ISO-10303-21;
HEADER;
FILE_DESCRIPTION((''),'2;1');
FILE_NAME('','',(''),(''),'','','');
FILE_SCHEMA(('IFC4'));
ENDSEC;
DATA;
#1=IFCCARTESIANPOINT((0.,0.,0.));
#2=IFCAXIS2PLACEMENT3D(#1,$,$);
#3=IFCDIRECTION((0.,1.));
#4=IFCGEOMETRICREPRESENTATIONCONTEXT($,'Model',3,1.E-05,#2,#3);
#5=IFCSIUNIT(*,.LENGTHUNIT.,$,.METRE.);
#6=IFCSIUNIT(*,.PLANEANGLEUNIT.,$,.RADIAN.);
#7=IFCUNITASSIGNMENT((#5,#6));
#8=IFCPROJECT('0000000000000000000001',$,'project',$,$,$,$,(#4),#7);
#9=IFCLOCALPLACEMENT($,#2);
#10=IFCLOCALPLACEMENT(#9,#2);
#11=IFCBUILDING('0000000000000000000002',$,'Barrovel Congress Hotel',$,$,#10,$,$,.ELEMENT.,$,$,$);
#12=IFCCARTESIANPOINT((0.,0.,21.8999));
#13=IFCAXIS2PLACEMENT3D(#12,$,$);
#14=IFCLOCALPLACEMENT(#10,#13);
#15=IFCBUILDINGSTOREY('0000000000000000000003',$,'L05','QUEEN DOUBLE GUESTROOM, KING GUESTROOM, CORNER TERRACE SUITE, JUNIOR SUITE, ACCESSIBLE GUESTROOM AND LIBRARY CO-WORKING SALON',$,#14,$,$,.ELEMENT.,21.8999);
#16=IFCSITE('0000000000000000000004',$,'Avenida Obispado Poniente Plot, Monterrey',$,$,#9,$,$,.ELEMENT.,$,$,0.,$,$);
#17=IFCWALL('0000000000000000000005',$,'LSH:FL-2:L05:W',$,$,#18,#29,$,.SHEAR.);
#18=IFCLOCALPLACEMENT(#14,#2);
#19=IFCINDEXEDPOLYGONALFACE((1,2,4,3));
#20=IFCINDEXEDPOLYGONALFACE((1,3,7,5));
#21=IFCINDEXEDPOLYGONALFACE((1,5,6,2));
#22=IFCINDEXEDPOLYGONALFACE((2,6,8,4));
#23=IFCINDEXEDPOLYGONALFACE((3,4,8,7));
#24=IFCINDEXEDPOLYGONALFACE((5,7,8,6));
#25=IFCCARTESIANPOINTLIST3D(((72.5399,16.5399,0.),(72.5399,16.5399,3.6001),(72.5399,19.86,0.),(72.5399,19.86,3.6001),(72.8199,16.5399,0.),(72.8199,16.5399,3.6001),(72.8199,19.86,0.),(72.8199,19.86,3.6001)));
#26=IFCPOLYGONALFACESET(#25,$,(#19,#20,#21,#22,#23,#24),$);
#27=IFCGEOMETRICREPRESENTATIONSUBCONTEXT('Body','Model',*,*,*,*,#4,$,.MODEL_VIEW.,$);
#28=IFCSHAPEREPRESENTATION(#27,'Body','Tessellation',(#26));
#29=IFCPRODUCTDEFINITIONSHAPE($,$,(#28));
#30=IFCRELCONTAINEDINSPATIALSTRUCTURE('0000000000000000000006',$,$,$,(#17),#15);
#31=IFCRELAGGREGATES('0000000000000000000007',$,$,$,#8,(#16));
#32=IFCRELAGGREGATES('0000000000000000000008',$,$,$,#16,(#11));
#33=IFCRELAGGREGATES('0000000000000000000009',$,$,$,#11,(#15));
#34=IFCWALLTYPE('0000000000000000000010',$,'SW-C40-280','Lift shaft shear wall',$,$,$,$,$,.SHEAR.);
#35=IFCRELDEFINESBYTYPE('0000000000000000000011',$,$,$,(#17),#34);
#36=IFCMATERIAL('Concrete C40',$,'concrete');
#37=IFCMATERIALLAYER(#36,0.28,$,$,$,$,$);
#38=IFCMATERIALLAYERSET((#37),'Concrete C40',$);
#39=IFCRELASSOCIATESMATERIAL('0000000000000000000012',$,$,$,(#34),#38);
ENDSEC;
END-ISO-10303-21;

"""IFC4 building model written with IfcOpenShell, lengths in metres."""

from ifc_helpers import new_model, si_unit, direction, frame, frame_2d, origin, place, context, subcontext, project, spatial, rectangle, extrude, material, layer, layer_set, type_object, element, save


model = new_model("IFC4")

# Units and contexts
model_context = context("Model", 3, precision=1e-05, world=origin(), true_north=direction((0.0, 1.0)))
body_context = subcontext(model_context, "Body", "Model", "MODEL_VIEW")
ifc_project = project(units=[si_unit("LENGTHUNIT", "METRE"), si_unit("PLANEANGLEUNIT", "RADIAN")], contexts=[model_context])

# Site, building, storey
site_placement = place(None, origin())
site = spatial("IfcSite", under=ifc_project, at=site_placement, Name="Avenida Obispado Poniente Plot, Monterrey", CompositionType="ELEMENT", RefElevation=0.0)
building_placement = place(site_placement, origin())
building = spatial("IfcBuilding", under=site, at=building_placement, Name="Barrovel Congress Hotel", CompositionType="ELEMENT")
storey_placement = place(building_placement, frame((0.0, 0.0, 21.8999)))
storey = spatial("IfcBuildingStorey", under=building, at=storey_placement, Name="L05", Description="QUEEN DOUBLE GUESTROOM, KING GUESTROOM, CORNER TERRACE SUITE, JUNIOR SUITE, ACCESSIBLE GUESTROOM AND LIBRARY CO-WORKING SALON", CompositionType="ELEMENT", Elevation=21.8999)

# Shared definitions
ifc_material_1 = material(Name="Concrete C40", Category="concrete")

# Shared definitions
ifc_layer_1 = layer(ifc_material_1, 0.28)
ifc_layer_set_1 = layer_set([ifc_layer_1], Name="Concrete C40")
wall_type_1 = type_object("IfcWallType", Name="SW-C40-280", Description="Lift shaft shear wall", PredefinedType="SHEAR", material=ifc_layer_set_1)

# Wall
wall_1_placement = place(storey_placement, frame((72.6799, 19.8601, 0.0), z_axis=(0.0, 0.0, 1.0), x_axis=(0.0, -1.0, 0.0)))
element("IfcWall", 1, at=wall_1_placement, inside=storey, type_object=wall_type_1, Name="LSH:FL-2:L05:W", PredefinedType="SHEAR", context=body_context, shape_type="SweptSolid", body=[
    extrude(rectangle(XDim=3.3201, YDim=0.28, at=frame_2d((1.6602, 0.0))), origin(), (0.0, 0.0, 1.0), 3.6001),
])

save(model, "model.ifc")
